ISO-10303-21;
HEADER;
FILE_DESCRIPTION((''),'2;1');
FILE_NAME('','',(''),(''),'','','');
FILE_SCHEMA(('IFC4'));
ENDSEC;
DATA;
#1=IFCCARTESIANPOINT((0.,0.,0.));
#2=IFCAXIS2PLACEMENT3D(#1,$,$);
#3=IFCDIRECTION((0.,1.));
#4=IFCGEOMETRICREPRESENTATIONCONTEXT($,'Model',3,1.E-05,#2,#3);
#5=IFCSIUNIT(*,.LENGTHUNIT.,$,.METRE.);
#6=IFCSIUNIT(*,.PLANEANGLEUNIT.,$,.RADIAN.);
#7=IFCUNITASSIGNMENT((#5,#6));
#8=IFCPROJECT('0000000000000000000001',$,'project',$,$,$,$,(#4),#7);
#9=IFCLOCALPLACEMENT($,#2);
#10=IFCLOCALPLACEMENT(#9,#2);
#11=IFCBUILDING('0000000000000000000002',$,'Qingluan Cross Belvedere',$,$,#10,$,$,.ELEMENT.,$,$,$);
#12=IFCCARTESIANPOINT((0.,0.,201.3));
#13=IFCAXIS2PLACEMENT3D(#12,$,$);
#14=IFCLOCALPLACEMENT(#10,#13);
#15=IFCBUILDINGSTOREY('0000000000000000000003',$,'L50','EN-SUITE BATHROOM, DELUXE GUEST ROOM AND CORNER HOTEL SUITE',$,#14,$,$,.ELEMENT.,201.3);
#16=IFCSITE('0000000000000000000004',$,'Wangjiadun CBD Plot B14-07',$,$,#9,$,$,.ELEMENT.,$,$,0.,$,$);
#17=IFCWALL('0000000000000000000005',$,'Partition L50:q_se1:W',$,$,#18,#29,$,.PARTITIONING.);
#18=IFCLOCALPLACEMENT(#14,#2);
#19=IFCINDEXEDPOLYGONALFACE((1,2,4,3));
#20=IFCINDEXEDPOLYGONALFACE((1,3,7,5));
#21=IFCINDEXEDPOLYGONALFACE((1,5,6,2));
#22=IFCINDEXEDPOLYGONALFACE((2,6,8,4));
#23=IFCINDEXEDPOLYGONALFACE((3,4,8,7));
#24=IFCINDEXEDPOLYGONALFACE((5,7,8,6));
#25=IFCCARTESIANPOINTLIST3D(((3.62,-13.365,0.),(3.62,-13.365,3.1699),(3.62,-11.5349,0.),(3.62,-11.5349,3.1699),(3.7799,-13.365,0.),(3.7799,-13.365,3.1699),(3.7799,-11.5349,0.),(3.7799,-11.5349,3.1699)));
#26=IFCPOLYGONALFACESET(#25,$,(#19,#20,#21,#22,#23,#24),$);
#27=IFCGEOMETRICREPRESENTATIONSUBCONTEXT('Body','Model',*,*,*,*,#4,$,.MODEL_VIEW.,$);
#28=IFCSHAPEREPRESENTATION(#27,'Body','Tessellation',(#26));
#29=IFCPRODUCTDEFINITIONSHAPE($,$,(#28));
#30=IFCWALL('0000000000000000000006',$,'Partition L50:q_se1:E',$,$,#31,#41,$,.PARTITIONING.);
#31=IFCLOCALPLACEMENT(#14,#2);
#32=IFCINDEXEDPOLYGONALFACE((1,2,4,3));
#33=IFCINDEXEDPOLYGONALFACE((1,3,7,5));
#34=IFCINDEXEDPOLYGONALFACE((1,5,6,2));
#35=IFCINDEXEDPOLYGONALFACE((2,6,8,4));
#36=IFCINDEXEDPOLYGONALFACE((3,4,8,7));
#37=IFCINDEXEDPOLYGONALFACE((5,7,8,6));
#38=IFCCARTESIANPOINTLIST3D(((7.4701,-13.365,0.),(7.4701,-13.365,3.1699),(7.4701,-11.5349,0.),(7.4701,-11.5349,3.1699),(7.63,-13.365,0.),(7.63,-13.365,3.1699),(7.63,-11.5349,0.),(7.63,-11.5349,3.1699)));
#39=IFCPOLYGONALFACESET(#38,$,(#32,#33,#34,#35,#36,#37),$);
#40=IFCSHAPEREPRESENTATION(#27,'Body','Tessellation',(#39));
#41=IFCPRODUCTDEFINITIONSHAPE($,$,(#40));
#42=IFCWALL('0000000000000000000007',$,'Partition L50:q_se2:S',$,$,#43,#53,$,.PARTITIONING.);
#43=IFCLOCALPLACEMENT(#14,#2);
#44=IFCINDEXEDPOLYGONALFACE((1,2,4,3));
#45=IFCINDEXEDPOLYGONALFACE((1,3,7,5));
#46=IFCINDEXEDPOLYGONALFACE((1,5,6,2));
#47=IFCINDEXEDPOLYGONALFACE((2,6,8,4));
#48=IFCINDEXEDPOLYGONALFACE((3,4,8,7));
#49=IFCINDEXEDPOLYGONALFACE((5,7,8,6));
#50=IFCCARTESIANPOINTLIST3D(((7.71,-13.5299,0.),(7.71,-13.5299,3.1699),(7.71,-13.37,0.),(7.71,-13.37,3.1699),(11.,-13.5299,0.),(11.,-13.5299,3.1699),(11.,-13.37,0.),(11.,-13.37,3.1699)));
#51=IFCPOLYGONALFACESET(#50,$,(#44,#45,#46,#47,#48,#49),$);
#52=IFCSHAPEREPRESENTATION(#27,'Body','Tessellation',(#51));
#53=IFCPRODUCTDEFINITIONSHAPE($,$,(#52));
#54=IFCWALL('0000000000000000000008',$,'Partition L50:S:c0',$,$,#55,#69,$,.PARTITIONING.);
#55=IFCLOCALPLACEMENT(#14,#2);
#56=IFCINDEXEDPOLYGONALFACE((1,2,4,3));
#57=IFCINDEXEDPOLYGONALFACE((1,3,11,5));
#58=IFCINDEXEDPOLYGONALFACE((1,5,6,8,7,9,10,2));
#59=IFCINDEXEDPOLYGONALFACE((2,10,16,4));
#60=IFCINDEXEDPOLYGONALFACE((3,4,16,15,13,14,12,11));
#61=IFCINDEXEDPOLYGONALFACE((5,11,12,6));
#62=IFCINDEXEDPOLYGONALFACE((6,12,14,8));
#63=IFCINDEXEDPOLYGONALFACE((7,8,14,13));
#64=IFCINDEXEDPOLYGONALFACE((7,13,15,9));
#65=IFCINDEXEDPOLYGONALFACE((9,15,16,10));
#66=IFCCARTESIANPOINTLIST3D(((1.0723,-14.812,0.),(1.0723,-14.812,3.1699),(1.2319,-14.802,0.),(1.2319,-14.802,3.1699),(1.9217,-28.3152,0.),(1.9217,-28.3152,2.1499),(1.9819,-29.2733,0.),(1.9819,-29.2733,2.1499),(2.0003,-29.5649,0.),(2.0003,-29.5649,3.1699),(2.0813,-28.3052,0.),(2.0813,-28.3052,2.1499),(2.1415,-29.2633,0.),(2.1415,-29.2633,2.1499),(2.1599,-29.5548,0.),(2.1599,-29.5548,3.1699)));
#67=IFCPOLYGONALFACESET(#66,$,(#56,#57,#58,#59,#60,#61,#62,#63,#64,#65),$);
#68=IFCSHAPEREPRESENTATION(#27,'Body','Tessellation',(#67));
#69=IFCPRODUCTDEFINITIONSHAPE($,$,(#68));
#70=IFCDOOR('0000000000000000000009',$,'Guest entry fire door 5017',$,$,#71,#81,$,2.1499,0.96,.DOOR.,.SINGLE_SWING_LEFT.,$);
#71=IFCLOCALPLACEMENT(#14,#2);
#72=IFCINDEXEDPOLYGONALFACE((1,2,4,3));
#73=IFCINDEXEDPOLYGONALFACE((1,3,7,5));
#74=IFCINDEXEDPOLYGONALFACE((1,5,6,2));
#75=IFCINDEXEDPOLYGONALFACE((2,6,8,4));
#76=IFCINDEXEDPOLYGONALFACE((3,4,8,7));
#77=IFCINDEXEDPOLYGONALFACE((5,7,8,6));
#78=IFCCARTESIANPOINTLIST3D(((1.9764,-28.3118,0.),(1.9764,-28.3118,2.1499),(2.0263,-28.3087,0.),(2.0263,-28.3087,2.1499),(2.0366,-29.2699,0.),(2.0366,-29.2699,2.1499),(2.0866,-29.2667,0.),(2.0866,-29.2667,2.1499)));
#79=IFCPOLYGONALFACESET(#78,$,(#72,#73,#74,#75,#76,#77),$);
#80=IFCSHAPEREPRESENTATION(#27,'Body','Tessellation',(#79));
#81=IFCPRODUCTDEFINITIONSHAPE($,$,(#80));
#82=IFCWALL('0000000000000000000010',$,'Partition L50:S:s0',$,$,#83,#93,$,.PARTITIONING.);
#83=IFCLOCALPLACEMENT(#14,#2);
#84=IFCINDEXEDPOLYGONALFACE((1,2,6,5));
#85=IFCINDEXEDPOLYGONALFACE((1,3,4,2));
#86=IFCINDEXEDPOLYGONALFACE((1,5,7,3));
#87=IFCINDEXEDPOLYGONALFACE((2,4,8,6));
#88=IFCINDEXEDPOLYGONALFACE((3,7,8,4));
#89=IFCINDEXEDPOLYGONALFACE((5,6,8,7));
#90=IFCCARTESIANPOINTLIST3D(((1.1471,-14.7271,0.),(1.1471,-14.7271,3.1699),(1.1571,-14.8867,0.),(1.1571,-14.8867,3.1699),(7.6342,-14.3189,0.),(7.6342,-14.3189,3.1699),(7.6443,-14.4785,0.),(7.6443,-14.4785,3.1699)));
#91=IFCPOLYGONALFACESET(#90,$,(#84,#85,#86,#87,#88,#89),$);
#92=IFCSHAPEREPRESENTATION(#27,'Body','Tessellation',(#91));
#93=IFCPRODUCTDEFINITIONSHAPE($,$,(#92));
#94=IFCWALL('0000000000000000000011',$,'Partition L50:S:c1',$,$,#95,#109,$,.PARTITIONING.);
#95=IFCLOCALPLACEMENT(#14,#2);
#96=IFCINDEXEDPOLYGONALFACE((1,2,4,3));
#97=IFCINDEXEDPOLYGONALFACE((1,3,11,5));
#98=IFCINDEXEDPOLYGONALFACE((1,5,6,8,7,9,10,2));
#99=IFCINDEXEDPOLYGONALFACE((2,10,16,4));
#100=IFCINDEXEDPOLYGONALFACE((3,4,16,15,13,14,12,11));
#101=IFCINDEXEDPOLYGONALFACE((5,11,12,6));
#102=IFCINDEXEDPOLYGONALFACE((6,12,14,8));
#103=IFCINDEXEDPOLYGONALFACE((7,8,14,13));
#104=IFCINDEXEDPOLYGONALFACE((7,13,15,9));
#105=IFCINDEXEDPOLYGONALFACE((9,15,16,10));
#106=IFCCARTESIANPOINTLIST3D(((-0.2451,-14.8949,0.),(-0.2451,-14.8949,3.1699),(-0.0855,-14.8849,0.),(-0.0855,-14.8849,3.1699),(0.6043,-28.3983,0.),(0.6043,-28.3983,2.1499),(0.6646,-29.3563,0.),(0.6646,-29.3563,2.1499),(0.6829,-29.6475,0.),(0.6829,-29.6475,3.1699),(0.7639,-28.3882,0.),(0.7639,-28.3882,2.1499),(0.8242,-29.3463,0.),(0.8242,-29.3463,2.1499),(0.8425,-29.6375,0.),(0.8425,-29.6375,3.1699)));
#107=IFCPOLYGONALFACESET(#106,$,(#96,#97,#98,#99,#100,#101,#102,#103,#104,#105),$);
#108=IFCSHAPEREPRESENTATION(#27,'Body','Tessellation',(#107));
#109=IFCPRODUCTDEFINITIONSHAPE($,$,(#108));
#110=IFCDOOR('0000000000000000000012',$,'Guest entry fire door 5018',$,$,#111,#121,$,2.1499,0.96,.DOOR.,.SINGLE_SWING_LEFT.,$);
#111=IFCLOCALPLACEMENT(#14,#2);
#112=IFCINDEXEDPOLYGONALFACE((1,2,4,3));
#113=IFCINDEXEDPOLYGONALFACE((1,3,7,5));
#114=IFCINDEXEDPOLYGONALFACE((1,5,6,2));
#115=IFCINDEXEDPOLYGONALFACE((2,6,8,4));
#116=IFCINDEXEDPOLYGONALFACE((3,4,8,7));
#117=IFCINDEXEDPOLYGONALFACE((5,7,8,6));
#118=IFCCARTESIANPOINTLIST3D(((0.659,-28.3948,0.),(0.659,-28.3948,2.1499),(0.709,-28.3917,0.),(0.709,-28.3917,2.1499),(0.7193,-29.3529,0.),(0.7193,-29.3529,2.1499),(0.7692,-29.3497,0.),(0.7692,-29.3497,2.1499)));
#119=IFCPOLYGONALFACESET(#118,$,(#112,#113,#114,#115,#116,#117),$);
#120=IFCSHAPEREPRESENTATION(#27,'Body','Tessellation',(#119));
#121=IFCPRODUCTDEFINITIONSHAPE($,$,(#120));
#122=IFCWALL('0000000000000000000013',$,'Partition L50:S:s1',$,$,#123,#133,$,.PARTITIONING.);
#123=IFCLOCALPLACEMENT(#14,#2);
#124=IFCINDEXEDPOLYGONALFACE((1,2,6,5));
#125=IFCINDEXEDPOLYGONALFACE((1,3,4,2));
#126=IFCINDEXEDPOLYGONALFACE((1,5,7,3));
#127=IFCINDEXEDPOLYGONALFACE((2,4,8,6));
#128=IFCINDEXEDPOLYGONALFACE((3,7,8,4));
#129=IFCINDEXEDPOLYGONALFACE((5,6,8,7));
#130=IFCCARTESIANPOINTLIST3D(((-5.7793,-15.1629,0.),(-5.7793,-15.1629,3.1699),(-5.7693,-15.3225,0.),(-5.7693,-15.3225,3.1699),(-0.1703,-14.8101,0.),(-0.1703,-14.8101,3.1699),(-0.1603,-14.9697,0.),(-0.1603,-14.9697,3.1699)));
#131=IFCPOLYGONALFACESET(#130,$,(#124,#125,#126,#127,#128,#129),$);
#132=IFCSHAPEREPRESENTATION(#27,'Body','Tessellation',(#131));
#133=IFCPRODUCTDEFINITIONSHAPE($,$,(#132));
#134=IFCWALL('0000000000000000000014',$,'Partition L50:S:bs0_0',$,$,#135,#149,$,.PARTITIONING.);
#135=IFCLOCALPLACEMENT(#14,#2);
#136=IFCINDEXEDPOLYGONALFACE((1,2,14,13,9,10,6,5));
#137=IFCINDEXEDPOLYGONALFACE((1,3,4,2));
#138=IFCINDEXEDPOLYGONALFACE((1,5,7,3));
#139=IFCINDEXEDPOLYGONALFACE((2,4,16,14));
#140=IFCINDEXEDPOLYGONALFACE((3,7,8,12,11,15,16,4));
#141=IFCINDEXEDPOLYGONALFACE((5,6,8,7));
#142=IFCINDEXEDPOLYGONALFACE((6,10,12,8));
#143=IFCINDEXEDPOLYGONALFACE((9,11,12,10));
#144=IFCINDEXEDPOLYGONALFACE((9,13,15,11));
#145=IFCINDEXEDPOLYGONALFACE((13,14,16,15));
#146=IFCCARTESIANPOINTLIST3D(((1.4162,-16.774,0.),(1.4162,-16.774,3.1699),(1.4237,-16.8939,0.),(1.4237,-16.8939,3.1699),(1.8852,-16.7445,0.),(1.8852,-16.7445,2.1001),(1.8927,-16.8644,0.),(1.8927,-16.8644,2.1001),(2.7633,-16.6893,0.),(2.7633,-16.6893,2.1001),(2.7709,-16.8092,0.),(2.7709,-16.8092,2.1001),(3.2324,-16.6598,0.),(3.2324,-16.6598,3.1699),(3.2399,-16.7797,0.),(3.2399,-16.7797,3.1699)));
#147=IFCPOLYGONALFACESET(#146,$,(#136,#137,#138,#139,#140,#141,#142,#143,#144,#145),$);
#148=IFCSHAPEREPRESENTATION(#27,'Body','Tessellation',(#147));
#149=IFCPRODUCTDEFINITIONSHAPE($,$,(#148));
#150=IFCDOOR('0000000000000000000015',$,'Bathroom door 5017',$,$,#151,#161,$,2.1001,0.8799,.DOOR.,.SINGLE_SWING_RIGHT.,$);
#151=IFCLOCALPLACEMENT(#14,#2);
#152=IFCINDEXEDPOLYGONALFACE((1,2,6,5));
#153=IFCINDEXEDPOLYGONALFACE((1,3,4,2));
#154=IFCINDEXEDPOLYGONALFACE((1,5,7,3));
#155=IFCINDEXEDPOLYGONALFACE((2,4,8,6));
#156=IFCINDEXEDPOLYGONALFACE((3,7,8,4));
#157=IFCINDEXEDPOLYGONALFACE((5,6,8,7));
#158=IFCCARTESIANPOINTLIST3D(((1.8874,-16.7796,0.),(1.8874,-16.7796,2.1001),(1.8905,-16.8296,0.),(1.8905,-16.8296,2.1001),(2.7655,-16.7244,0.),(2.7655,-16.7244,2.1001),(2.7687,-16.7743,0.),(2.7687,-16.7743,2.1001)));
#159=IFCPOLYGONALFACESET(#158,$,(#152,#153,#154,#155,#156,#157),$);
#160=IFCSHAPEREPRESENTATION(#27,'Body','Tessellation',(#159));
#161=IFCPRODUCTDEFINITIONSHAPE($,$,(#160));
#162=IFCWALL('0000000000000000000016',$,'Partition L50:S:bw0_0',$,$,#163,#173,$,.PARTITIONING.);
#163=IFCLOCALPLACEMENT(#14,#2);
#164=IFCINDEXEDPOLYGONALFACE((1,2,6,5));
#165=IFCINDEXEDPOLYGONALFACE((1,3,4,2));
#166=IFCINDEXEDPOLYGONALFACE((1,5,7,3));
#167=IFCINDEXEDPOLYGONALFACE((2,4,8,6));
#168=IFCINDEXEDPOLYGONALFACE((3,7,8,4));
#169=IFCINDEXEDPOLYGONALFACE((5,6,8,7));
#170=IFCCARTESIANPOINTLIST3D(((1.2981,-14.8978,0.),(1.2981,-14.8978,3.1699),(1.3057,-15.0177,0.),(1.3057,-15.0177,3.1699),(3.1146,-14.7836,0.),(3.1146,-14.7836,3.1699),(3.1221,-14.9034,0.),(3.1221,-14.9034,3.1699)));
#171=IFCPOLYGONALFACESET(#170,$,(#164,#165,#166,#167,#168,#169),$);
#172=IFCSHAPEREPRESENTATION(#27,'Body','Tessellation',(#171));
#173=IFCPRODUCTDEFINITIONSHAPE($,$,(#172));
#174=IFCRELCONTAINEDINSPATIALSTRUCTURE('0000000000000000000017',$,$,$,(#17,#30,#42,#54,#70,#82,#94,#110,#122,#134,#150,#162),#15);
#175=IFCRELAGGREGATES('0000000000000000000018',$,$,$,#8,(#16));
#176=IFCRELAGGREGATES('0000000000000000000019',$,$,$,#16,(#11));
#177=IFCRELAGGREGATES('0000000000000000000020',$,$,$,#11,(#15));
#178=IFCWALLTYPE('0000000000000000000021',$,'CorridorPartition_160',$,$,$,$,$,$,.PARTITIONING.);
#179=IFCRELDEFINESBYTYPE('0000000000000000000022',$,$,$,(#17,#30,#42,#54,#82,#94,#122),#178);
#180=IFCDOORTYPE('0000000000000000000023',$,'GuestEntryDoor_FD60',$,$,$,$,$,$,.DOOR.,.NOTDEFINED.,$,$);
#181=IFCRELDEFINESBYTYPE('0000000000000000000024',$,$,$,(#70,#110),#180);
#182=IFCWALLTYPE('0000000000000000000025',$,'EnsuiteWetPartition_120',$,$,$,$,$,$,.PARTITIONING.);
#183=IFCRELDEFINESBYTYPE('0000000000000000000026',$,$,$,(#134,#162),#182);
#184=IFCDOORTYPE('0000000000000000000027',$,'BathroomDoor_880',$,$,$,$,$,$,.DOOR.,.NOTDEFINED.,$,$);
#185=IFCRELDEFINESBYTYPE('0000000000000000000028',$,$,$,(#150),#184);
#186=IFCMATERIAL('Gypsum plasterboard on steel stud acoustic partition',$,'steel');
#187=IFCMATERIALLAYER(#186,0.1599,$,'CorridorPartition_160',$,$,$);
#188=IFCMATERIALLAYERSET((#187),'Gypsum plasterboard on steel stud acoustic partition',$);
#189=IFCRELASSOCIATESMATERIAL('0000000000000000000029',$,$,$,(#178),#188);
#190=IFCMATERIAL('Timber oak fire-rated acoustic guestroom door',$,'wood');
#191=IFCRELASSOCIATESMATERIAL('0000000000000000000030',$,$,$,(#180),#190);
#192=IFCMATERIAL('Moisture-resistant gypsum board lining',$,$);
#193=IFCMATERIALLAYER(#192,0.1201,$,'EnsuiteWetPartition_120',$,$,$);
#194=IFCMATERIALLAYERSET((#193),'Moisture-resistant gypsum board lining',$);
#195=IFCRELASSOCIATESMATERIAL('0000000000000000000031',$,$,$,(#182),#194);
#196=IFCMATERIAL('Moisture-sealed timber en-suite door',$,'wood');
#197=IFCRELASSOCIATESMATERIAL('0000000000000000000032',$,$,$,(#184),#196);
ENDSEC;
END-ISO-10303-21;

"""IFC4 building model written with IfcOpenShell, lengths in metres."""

from ifc_helpers import new_model, si_unit, direction, frame, frame_2d, origin, place, context, subcontext, project, spatial, rectangle, extrude, material, layer, layer_set, type_object, element, fill, save


model = new_model("IFC4")

# Units and contexts
model_context = context("Model", 3, precision=1e-05, world=origin(), true_north=direction((0.0, 1.0)))
body_context = subcontext(model_context, "Body", "Model", "MODEL_VIEW")
ifc_project = project(units=[si_unit("LENGTHUNIT", "METRE"), si_unit("PLANEANGLEUNIT", "RADIAN")], contexts=[model_context])

# Site, building, storey
site_placement = place(None, origin())
site = spatial("IfcSite", under=ifc_project, at=site_placement, Name="Wangjiadun CBD Plot B14-07", CompositionType="ELEMENT", RefElevation=0.0)
building_placement = place(site_placement, origin())
building = spatial("IfcBuilding", under=site, at=building_placement, Name="Qingluan Cross Belvedere", CompositionType="ELEMENT")
storey_placement = place(building_placement, frame((0.0, 0.0, 201.3)))
storey = spatial("IfcBuildingStorey", under=building, at=storey_placement, Name="L50", Description="EN-SUITE BATHROOM, DELUXE GUEST ROOM AND CORNER HOTEL SUITE", CompositionType="ELEMENT", Elevation=201.3)

# Walls
ifc_material_1 = material(Name="Gypsum plasterboard on steel stud acoustic partition", Category="steel")
ifc_layer_1 = layer(ifc_material_1, 0.1599, Name="CorridorPartition_160")
ifc_layer_set_1 = layer_set([ifc_layer_1], Name="Gypsum plasterboard on steel stud acoustic partition")
wall_type_1 = type_object("IfcWallType", Name="CorridorPartition_160", PredefinedType="PARTITIONING", material=ifc_layer_set_1)
for number, where, z_axis, x_axis, name in (
    (1, (3.7, -13.365, 0.0), (0.0, 0.0, 1.0), (0.0, 1.0, 0.0), "Partition L50:q_se1:W"),
    (2, (7.55, -13.365, 0.0), (0.0, 0.0, 1.0), (0.0, 1.0, 0.0), "Partition L50:q_se1:E"),
):
    element("IfcWall", number, at=place(storey_placement, frame(where, z_axis=z_axis, x_axis=x_axis)), inside=storey, type_object=wall_type_1, Name=name, PredefinedType="PARTITIONING", context=body_context, shape_type="SweptSolid", body=[
        extrude(rectangle(XDim=1.8301, YDim=0.1599, at=frame_2d((0.915, 0.0))), origin(), (0.0, 0.0, 1.0), 3.1699),
    ])
wall_1_placement = place(storey_placement, frame((7.71, -13.45, 0.0), z_axis=(0.0, 0.0, 1.0), x_axis=(1.0, 0.0, 0.0)))
element("IfcWall", 3, at=wall_1_placement, inside=storey, type_object=wall_type_1, Name="Partition L50:q_se2:S", PredefinedType="PARTITIONING", context=body_context, shape_type="SweptSolid", body=[
    extrude(rectangle(XDim=3.29, YDim=0.1599, at=frame_2d((1.645, 0.0))), origin(), (0.0, 0.0, 1.0), 3.1699),
])

# Wall, opening, door
wall_2_placement = place(storey_placement, frame((1.1521, -14.8069, 0.0), z_axis=(0.0, 0.0, 1.0), x_axis=(0.062777, -0.998028, 0.0)))
wall_2 = element("IfcWall", 4, at=wall_2_placement, inside=storey, type_object=wall_type_1, Name="Partition L50:S:c0", PredefinedType="PARTITIONING", context=body_context, shape_type="SweptSolid", body=[
    extrude(rectangle(XDim=14.782, YDim=0.1599, at=frame_2d((7.3911, 0.0))), origin(), (0.0, 0.0, 1.0), 3.1699),
])
opening_1_placement = place(wall_2_placement, frame((13.53, 0.0, 0.0)))
opening_1 = element("IfcOpeningElement", 5, at=opening_1_placement, cuts=wall_2, PredefinedType="OPENING", context=body_context, shape_type="SweptSolid", body=[
    extrude(rectangle(XDim=0.96, YDim=2.1499, at=frame_2d((0.48, 1.075))), frame((0.0, 0.0898, 0.0), z_axis=(0.0, -1.0, 0.0), x_axis=(1.0, 0.0, 0.0)), (0.0, 0.0, 1.0), 0.1799),
])
ifc_material_2 = material(Name="Timber oak fire-rated acoustic guestroom door", Category="wood")
door_type_1 = type_object("IfcDoorType", Name="GuestEntryDoor_FD60", OperationType="NOTDEFINED", PredefinedType="DOOR", material=ifc_material_2)
door_1_placement = place(opening_1_placement, origin())
door_1 = element("IfcDoor", 6, at=door_1_placement, inside=storey, type_object=door_type_1, Name="Guest entry fire door 5017", OperationType="SINGLE_SWING_LEFT", OverallHeight=2.1499, OverallWidth=0.96, PredefinedType="DOOR", context=body_context, shape_type="SweptSolid", body=[
    extrude(rectangle(XDim=0.96, YDim=2.1499, at=frame_2d((0.48, 1.075))), frame((0.0, 0.0249, 0.0), z_axis=(0.0, -1.0, 0.0), x_axis=(1.0, 0.0, 0.0)), (0.0, 0.0, 1.0), 0.05),
])
fill(opening_1, door_1)

# Wall
wall_3_placement = place(storey_placement, frame((1.1521, -14.8069, 0.0), z_axis=(0.0, 0.0, 1.0), x_axis=(0.998026, 0.062802, 0.0)))
element("IfcWall", 7, at=wall_3_placement, inside=storey, type_object=wall_type_1, Name="Partition L50:S:s0", PredefinedType="PARTITIONING", context=body_context, shape_type="SweptSolid", body=[
    extrude(rectangle(XDim=6.5, YDim=0.1599, at=frame_2d((3.25, 0.0))), origin(), (0.0, 0.0, 1.0), 3.1699),
])

# Wall, opening, door
wall_4_placement = place(storey_placement, frame((-0.1653, -14.8899, 0.0), z_axis=(0.0, 0.0, 1.0), x_axis=(0.062778, -0.998027, 0.0)))
wall_4 = element("IfcWall", 8, at=wall_4_placement, inside=storey, type_object=wall_type_1, Name="Partition L50:S:c1", PredefinedType="PARTITIONING", context=body_context, shape_type="SweptSolid", body=[
    extrude(rectangle(XDim=14.7817, YDim=0.1599, at=frame_2d((7.3909, 0.0))), origin(), (0.0, 0.0, 1.0), 3.1699),
])
opening_2_placement = place(wall_4_placement, frame((13.53, 0.0, 0.0)))
opening_2 = element("IfcOpeningElement", 9, at=opening_2_placement, cuts=wall_4, PredefinedType="OPENING", context=body_context, shape_type="SweptSolid", body=[
    extrude(rectangle(XDim=0.96, YDim=2.1499, at=frame_2d((0.48, 1.075))), frame((0.0, 0.0898, 0.0), z_axis=(0.0, -1.0, 0.0), x_axis=(1.0, 0.0, 0.0)), (0.0, 0.0, 1.0), 0.1799),
])
door_2_placement = place(opening_2_placement, origin())
door_2 = element("IfcDoor", 10, at=door_2_placement, inside=storey, type_object=door_type_1, Name="Guest entry fire door 5018", OperationType="SINGLE_SWING_LEFT", OverallHeight=2.1499, OverallWidth=0.96, PredefinedType="DOOR", context=body_context, shape_type="SweptSolid", body=[
    extrude(rectangle(XDim=0.96, YDim=2.1499, at=frame_2d((0.48, 1.075))), frame((0.0, 0.0249, 0.0), z_axis=(0.0, -1.0, 0.0), x_axis=(1.0, 0.0, 0.0)), (0.0, 0.0, 1.0), 0.05),
])
fill(opening_2, door_2)

# Wall
wall_5_placement = place(storey_placement, frame((-0.1653, -14.8899, 0.0), z_axis=(0.0, 0.0, 1.0), x_axis=(-0.998028, -0.06277, 0.0)))
element("IfcWall", 11, at=wall_5_placement, inside=storey, type_object=wall_type_1, Name="Partition L50:S:s1", PredefinedType="PARTITIONING", context=body_context, shape_type="SweptSolid", body=[
    extrude(rectangle(XDim=5.6201, YDim=0.1599, at=frame_2d((2.8101, 0.0))), origin(), (0.0, 0.0, 1.0), 3.1699),
])

# Wall, opening, door
ifc_material_3 = material(Name="Moisture-resistant gypsum board lining")
ifc_layer_2 = layer(ifc_material_3, 0.1201, Name="EnsuiteWetPartition_120")
ifc_layer_set_2 = layer_set([ifc_layer_2], Name="Moisture-resistant gypsum board lining")
wall_type_2 = type_object("IfcWallType", Name="EnsuiteWetPartition_120", PredefinedType="PARTITIONING", material=ifc_layer_set_2)
wall_6_placement = place(storey_placement, frame((1.4199, -16.834, 0.0), z_axis=(0.0, 0.0, 1.0), x_axis=(0.998027, 0.062788, 0.0)))
wall_6 = element("IfcWall", 12, at=wall_6_placement, inside=storey, type_object=wall_type_2, Name="Partition L50:S:bs0_0", PredefinedType="PARTITIONING", context=body_context, shape_type="SweptSolid", body=[
    extrude(rectangle(XDim=1.8198, YDim=0.1201, at=frame_2d((0.9099, 0.0))), origin(), (0.0, 0.0, 1.0), 3.1699),
])
opening_3_placement = place(wall_6_placement, frame((0.47, 0.0, 0.0)))
opening_3 = element("IfcOpeningElement", 13, at=opening_3_placement, cuts=wall_6, PredefinedType="OPENING", context=body_context, shape_type="SweptSolid", body=[
    extrude(rectangle(XDim=0.8799, YDim=2.1001, at=frame_2d((0.4399, 1.05))), frame((0.0, 0.0701, 0.0), z_axis=(0.0, -1.0, 0.0), x_axis=(1.0, 0.0, 0.0)), (0.0, 0.0, 1.0), 0.1401),
])
ifc_material_4 = material(Name="Moisture-sealed timber en-suite door", Category="wood")
door_type_2 = type_object("IfcDoorType", Name="BathroomDoor_880", OperationType="NOTDEFINED", PredefinedType="DOOR", material=ifc_material_4)
door_3_placement = place(opening_3_placement, origin())
door_3 = element("IfcDoor", 14, at=door_3_placement, inside=storey, type_object=door_type_2, Name="Bathroom door 5017", OperationType="SINGLE_SWING_RIGHT", OverallHeight=2.1001, OverallWidth=0.8799, PredefinedType="DOOR", context=body_context, shape_type="SweptSolid", body=[
    extrude(rectangle(XDim=0.8799, YDim=2.1001, at=frame_2d((0.4399, 1.05))), frame((0.0, 0.0249, 0.0), z_axis=(0.0, -1.0, 0.0), x_axis=(1.0, 0.0, 0.0)), (0.0, 0.0, 1.0), 0.05),
])
fill(opening_3, door_3)

# Wall
wall_7_placement = place(storey_placement, frame((1.3018, -14.9578, 0.0), z_axis=(0.0, 0.0, 1.0), x_axis=(0.998027, 0.062779, 0.0)))
element("IfcWall", 15, at=wall_7_placement, inside=storey, type_object=wall_type_2, Name="Partition L50:S:bw0_0", PredefinedType="PARTITIONING", context=body_context, shape_type="SweptSolid", body=[
    extrude(rectangle(XDim=1.8201, YDim=0.1201, at=frame_2d((0.9102, 0.0))), origin(), (0.0, 0.0, 1.0), 3.1699),
])

save(model, "model.ifc")
